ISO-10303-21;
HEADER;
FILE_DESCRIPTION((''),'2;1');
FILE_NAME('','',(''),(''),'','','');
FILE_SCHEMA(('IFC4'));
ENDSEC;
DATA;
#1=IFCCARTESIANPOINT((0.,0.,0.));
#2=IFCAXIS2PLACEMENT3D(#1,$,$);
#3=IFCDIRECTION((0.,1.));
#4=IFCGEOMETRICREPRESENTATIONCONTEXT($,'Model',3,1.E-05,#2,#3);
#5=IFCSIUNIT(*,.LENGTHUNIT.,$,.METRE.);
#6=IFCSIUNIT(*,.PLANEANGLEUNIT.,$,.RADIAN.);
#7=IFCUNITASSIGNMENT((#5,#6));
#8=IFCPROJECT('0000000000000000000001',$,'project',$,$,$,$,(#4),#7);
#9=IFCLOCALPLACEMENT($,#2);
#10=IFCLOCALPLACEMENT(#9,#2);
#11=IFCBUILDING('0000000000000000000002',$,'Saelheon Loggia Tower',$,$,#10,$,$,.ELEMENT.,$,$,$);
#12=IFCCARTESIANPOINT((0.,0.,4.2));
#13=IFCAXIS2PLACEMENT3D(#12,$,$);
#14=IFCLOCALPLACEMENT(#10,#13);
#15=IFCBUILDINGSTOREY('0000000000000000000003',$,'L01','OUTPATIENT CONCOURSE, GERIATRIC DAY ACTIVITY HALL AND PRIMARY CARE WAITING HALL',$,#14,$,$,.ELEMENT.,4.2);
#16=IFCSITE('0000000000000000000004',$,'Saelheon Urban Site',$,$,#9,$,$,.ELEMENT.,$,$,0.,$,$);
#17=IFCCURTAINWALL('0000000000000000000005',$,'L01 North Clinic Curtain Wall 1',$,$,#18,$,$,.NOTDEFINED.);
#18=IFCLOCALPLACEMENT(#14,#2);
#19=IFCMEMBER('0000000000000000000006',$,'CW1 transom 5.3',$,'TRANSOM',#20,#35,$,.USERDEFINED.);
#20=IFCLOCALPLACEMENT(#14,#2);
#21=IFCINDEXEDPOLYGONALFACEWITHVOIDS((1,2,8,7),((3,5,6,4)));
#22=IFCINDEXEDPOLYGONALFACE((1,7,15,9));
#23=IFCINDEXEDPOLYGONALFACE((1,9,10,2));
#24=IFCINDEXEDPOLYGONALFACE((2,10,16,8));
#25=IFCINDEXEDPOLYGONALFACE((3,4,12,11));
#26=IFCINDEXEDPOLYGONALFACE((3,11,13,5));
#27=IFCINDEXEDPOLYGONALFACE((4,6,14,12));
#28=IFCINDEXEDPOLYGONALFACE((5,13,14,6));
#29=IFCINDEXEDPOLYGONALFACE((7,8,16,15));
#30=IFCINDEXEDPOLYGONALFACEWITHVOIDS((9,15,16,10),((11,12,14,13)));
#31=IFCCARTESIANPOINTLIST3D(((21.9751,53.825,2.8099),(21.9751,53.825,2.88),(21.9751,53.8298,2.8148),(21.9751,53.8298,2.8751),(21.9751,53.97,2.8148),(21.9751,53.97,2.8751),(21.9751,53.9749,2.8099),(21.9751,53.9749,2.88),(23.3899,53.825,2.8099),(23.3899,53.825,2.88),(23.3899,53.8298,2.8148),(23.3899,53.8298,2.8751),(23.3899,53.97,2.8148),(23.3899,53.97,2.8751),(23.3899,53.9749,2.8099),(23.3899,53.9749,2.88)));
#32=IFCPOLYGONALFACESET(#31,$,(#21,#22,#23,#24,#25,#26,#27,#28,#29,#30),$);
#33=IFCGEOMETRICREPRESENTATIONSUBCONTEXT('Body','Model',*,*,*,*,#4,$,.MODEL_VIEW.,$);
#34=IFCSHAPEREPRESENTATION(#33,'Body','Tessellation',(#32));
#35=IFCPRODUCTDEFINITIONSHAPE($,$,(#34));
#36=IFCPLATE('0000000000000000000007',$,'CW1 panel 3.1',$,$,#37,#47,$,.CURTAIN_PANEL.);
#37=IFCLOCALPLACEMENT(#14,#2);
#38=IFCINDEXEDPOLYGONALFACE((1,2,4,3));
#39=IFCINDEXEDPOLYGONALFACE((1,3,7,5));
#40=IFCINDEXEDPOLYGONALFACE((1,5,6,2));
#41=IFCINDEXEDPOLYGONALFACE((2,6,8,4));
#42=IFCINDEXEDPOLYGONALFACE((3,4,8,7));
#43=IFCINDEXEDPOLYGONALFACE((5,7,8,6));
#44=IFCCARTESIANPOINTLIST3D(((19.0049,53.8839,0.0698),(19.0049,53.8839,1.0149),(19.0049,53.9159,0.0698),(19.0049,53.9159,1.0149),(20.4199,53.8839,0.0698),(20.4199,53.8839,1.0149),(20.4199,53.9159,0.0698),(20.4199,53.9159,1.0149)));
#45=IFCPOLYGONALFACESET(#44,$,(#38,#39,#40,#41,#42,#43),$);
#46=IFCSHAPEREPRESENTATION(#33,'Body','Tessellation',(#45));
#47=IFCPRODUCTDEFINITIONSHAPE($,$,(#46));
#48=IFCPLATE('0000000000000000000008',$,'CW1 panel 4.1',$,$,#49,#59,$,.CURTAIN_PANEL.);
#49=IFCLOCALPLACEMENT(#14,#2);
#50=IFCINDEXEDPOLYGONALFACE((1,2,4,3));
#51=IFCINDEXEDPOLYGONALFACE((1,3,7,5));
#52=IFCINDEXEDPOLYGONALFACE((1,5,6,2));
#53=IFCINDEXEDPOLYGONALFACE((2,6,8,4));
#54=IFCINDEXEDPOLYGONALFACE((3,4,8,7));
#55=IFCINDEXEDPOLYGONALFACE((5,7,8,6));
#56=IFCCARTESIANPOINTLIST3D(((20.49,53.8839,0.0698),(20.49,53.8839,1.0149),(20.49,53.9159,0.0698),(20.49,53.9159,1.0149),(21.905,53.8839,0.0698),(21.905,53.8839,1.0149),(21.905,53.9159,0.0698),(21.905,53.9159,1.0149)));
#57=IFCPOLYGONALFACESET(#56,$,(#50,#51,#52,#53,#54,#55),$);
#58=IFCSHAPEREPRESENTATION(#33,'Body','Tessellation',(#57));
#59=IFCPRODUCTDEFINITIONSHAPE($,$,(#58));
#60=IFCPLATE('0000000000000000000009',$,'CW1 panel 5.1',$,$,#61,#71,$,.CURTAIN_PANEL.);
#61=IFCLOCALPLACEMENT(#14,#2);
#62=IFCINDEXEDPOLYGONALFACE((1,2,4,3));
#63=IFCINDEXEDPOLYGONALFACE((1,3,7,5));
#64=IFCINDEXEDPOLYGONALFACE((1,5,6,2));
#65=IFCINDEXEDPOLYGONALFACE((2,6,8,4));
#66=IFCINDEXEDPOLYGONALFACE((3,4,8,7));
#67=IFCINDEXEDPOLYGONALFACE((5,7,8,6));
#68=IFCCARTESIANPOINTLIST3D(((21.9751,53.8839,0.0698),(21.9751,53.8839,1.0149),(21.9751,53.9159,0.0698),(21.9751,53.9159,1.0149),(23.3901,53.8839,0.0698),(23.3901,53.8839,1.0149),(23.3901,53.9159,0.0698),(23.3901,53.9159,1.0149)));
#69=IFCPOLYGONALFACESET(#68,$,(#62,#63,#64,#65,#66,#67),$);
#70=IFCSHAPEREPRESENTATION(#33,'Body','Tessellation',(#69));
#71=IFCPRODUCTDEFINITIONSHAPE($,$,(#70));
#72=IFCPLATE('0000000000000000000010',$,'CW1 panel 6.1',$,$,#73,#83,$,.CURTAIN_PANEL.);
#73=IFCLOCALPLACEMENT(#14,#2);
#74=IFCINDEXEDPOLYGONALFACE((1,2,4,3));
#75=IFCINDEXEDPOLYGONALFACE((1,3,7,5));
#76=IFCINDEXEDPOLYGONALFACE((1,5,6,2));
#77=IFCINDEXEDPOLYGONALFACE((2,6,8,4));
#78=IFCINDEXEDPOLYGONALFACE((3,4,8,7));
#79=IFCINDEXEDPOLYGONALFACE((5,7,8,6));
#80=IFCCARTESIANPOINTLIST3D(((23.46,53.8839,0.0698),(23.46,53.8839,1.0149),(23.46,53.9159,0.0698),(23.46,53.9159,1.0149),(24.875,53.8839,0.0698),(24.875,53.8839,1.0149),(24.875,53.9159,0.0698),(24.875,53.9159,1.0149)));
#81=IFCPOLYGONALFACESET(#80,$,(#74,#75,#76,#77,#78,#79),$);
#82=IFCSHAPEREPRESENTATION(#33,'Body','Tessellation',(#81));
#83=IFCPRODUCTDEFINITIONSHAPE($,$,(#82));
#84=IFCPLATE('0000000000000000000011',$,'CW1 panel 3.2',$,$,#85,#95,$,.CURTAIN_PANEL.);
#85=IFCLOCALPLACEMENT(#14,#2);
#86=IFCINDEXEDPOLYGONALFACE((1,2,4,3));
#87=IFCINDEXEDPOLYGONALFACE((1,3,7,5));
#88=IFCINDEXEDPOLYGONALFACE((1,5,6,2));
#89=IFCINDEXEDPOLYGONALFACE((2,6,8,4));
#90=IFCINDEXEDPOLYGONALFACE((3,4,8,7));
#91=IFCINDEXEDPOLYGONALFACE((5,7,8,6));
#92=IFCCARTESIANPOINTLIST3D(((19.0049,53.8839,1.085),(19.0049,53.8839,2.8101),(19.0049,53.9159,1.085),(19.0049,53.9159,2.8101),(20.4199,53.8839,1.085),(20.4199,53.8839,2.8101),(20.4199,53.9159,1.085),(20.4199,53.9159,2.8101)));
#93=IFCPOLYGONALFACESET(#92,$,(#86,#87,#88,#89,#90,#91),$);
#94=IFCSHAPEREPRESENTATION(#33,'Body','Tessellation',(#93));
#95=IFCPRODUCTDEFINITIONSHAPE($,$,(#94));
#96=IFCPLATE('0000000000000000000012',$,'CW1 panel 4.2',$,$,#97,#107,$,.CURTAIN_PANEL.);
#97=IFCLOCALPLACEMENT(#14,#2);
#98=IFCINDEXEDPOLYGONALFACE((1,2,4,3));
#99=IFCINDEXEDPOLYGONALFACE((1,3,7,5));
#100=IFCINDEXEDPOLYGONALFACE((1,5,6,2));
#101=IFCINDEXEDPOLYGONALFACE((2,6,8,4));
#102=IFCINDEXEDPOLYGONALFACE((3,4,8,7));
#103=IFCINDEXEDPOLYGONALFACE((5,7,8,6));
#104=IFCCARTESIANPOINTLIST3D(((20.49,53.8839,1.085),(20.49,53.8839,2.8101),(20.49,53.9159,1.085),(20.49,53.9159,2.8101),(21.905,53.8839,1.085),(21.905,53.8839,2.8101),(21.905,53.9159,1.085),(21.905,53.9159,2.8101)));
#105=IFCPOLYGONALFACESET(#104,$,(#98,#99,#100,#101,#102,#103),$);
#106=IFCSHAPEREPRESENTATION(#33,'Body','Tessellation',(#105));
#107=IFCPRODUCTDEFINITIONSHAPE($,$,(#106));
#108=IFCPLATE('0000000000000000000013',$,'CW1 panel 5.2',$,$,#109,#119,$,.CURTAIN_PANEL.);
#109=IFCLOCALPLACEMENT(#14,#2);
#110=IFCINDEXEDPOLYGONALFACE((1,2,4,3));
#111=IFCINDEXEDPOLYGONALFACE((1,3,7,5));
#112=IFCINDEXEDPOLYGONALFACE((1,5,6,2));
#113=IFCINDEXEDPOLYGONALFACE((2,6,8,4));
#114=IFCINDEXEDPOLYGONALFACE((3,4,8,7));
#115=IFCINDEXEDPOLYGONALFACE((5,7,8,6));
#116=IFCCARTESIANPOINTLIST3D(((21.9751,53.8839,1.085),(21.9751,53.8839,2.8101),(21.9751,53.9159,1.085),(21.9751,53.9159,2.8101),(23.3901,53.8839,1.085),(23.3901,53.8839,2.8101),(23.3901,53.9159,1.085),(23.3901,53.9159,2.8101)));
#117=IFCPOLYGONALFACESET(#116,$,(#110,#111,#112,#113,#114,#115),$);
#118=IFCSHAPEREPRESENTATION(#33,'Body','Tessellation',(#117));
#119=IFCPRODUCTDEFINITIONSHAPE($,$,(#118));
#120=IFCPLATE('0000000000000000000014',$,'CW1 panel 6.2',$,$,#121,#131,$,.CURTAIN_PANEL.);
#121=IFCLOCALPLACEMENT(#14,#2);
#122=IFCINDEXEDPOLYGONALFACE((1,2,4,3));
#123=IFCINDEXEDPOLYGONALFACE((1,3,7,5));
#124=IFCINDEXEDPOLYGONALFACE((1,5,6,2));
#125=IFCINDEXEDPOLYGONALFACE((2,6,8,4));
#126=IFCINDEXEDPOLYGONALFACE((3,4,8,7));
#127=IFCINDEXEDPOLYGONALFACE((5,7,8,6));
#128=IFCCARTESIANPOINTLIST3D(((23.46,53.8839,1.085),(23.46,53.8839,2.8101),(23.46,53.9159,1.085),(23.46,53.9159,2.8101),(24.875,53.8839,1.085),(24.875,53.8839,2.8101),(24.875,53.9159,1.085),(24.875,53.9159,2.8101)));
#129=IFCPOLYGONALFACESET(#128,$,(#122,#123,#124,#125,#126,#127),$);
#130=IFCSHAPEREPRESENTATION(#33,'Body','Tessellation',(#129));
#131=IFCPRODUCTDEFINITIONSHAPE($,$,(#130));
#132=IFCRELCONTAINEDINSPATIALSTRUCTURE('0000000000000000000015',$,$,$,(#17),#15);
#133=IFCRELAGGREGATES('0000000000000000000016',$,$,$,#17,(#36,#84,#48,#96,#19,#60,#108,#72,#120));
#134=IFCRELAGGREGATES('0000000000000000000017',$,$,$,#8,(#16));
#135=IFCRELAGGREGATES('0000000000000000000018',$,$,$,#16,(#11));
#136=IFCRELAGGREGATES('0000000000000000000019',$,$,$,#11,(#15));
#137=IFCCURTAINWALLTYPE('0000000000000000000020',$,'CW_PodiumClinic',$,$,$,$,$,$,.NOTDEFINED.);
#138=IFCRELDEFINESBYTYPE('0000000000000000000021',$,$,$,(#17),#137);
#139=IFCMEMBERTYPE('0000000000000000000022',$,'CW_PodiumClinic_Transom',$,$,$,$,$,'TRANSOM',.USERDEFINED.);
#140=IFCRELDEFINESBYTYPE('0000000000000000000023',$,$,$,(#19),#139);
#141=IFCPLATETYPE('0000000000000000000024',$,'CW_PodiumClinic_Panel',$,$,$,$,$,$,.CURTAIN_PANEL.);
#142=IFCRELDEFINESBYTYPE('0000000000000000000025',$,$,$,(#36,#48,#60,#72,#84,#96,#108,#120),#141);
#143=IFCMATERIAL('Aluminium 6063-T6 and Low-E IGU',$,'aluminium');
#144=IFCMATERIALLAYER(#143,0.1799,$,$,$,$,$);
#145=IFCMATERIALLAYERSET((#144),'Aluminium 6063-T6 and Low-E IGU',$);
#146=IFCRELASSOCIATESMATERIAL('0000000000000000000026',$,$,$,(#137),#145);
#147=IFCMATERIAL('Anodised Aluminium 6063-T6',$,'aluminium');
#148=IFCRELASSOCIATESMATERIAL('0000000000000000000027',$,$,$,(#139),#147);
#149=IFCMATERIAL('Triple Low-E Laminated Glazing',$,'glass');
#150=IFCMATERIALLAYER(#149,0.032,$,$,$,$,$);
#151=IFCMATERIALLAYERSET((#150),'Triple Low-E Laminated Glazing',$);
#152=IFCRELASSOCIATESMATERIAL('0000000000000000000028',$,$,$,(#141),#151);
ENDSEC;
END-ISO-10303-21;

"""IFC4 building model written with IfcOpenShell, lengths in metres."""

from ifc_helpers import new_model, si_unit, direction, frame, origin, origin_2d, place, context, subcontext, project, spatial, rectangle, hollow_rectangle, extrude, source, transform, mapped, material, layer, layer_set, material_profile, profile_set, type_object, element, aggregate, save


model = new_model("IFC4")

# Units and contexts
model_context = context("Model", 3, precision=1e-05, world=origin(), true_north=direction((0.0, 1.0)))
body_context = subcontext(model_context, "Body", "Model", "MODEL_VIEW")
ifc_project = project(units=[si_unit("LENGTHUNIT", "METRE"), si_unit("PLANEANGLEUNIT", "RADIAN")], contexts=[model_context])

# Site, building, storey
site_placement = place(None, origin())
site = spatial("IfcSite", under=ifc_project, at=site_placement, Name="Saelheon Urban Site", CompositionType="ELEMENT", RefElevation=0.0)
building_placement = place(site_placement, origin())
building = spatial("IfcBuilding", under=site, at=building_placement, Name="Saelheon Loggia Tower", CompositionType="ELEMENT")
storey_placement = place(building_placement, frame((0.0, 0.0, 4.2)))
storey = spatial("IfcBuildingStorey", under=building, at=storey_placement, Name="L01", Description="OUTPATIENT CONCOURSE, GERIATRIC DAY ACTIVITY HALL AND PRIMARY CARE WAITING HALL", CompositionType="ELEMENT", Elevation=4.2)

# Curtain wall, member, plates
ifc_material_1 = material(Name="Aluminium 6063-T6 and Low-E IGU", Category="aluminium")
ifc_layer_1 = layer(ifc_material_1, 0.1799)
ifc_layer_set_1 = layer_set([ifc_layer_1], Name="Aluminium 6063-T6 and Low-E IGU")
curtain_wall_type = type_object("IfcCurtainWallType", Name="CW_PodiumClinic", PredefinedType="NOTDEFINED", material=ifc_layer_set_1)
curtain_wall_placement = place(storey_placement, origin())
curtain_wall = element("IfcCurtainWall", 1, at=curtain_wall_placement, inside=storey, type_object=curtain_wall_type, Name="L01 North Clinic Curtain Wall 1", PredefinedType="NOTDEFINED")
ifc_material_2 = material(Name="Anodised Aluminium 6063-T6", Category="aluminium")
ifc_material_profile_1 = material_profile(ifc_material_2, hollow_rectangle(XDim=0.0701, YDim=0.1499, WallThickness=0.0049, at=origin_2d()), Name="RHS-150x70x5")
ifc_profile_set_1 = profile_set([ifc_material_profile_1], Name="Anodised Aluminium 6063-T6")
member_type_1 = type_object("IfcMemberType", Name="CW_PodiumClinic_Transom", ElementType="TRANSOM", PredefinedType="USERDEFINED", material=ifc_profile_set_1)
shared_shape_1 = source(origin(), body_context, "Body", "SweptSolid", [
    extrude(hollow_rectangle(XDim=0.0701, YDim=0.1499, WallThickness=0.0049, at=origin_2d()), origin(), (0.0, 0.0, 1.0), 1.4148),
])
member_1_placement = place(storey_placement, frame((21.9751, 53.8999, 2.845), z_axis=(1.0, 0.0, 0.0), x_axis=(0.0, 0.0, 1.0)))
member_1 = element("IfcMember", 2, at=member_1_placement, type_object=member_type_1, Name="CW1 transom 5.3", ObjectType="TRANSOM", PredefinedType="USERDEFINED", context=body_context, shape_type="MappedRepresentation", body=[
    mapped(shared_shape_1, transform((0.0, 0.0, 0.0), scale=1.0)),
])
ifc_material_3 = material(Name="Triple Low-E Laminated Glazing", Category="glass")
ifc_layer_2 = layer(ifc_material_3, 0.032)
ifc_layer_set_2 = layer_set([ifc_layer_2], Name="Triple Low-E Laminated Glazing")
plate_type = type_object("IfcPlateType", Name="CW_PodiumClinic_Panel", PredefinedType="CURTAIN_PANEL", material=ifc_layer_set_2)
shared_shape_2 = source(origin(), body_context, "Body", "SweptSolid", [
    extrude(rectangle(XDim=1.415, YDim=0.032, at=origin_2d()), origin(), (0.0, 0.0, 1.0), 0.9451),
])
plate_1_placement = place(storey_placement, frame((19.7124, 53.8999, 0.0698), z_axis=(0.0, 0.0, 1.0), x_axis=(1.0, 0.0, 0.0)))
plate_1 = element("IfcPlate", 3, at=plate_1_placement, type_object=plate_type, Name="CW1 panel 3.1", PredefinedType="CURTAIN_PANEL", context=body_context, shape_type="MappedRepresentation", body=[
    mapped(shared_shape_2, transform((0.0, 0.0, 0.0), scale=1.0)),
])
plate_2_placement = place(storey_placement, frame((21.1975, 53.8999, 0.0698), z_axis=(0.0, 0.0, 1.0), x_axis=(1.0, 0.0, 0.0)))
plate_2 = element("IfcPlate", 4, at=plate_2_placement, type_object=plate_type, Name="CW1 panel 4.1", PredefinedType="CURTAIN_PANEL", context=body_context, shape_type="MappedRepresentation", body=[
    mapped(shared_shape_2, transform((0.0, 0.0, 0.0), scale=1.0)),
])
plate_3_placement = place(storey_placement, frame((22.6826, 53.8999, 0.0698), z_axis=(0.0, 0.0, 1.0), x_axis=(1.0, 0.0, 0.0)))
plate_3 = element("IfcPlate", 5, at=plate_3_placement, type_object=plate_type, Name="CW1 panel 5.1", PredefinedType="CURTAIN_PANEL", context=body_context, shape_type="MappedRepresentation", body=[
    mapped(shared_shape_2, transform((0.0, 0.0, 0.0), scale=1.0)),
])
plate_4_placement = place(storey_placement, frame((24.1675, 53.8999, 0.0698), z_axis=(0.0, 0.0, 1.0), x_axis=(1.0, 0.0, 0.0)))
plate_4 = element("IfcPlate", 6, at=plate_4_placement, type_object=plate_type, Name="CW1 panel 6.1", PredefinedType="CURTAIN_PANEL", context=body_context, shape_type="MappedRepresentation", body=[
    mapped(shared_shape_2, transform((0.0, 0.0, 0.0), scale=1.0)),
])
shared_shape_3 = source(origin(), body_context, "Body", "SweptSolid", [
    extrude(rectangle(XDim=1.415, YDim=0.032, at=origin_2d()), origin(), (0.0, 0.0, 1.0), 1.7251),
])
plate_5_placement = place(storey_placement, frame((19.7124, 53.8999, 1.085), z_axis=(0.0, 0.0, 1.0), x_axis=(1.0, 0.0, 0.0)))
plate_5 = element("IfcPlate", 7, at=plate_5_placement, type_object=plate_type, Name="CW1 panel 3.2", PredefinedType="CURTAIN_PANEL", context=body_context, shape_type="MappedRepresentation", body=[
    mapped(shared_shape_3, transform((0.0, 0.0, 0.0), scale=1.0)),
])
plate_6_placement = place(storey_placement, frame((21.1975, 53.8999, 1.085), z_axis=(0.0, 0.0, 1.0), x_axis=(1.0, 0.0, 0.0)))
plate_6 = element("IfcPlate", 8, at=plate_6_placement, type_object=plate_type, Name="CW1 panel 4.2", PredefinedType="CURTAIN_PANEL", context=body_context, shape_type="MappedRepresentation", body=[
    mapped(shared_shape_3, transform((0.0, 0.0, 0.0), scale=1.0)),
])
plate_7_placement = place(storey_placement, frame((22.6826, 53.8999, 1.085), z_axis=(0.0, 0.0, 1.0), x_axis=(1.0, 0.0, 0.0)))
plate_7 = element("IfcPlate", 9, at=plate_7_placement, type_object=plate_type, Name="CW1 panel 5.2", PredefinedType="CURTAIN_PANEL", context=body_context, shape_type="MappedRepresentation", body=[
    mapped(shared_shape_3, transform((0.0, 0.0, 0.0), scale=1.0)),
])
plate_8_placement = place(storey_placement, frame((24.1675, 53.8999, 1.085), z_axis=(0.0, 0.0, 1.0), x_axis=(1.0, 0.0, 0.0)))
plate_8 = element("IfcPlate", 10, at=plate_8_placement, type_object=plate_type, Name="CW1 panel 6.2", PredefinedType="CURTAIN_PANEL", context=body_context, shape_type="MappedRepresentation", body=[
    mapped(shared_shape_3, transform((0.0, 0.0, 0.0), scale=1.0)),
])
aggregate(curtain_wall, [plate_1, plate_5, plate_2, plate_6, member_1, plate_3, plate_7, plate_4, plate_8])

save(model, "model.ifc")
